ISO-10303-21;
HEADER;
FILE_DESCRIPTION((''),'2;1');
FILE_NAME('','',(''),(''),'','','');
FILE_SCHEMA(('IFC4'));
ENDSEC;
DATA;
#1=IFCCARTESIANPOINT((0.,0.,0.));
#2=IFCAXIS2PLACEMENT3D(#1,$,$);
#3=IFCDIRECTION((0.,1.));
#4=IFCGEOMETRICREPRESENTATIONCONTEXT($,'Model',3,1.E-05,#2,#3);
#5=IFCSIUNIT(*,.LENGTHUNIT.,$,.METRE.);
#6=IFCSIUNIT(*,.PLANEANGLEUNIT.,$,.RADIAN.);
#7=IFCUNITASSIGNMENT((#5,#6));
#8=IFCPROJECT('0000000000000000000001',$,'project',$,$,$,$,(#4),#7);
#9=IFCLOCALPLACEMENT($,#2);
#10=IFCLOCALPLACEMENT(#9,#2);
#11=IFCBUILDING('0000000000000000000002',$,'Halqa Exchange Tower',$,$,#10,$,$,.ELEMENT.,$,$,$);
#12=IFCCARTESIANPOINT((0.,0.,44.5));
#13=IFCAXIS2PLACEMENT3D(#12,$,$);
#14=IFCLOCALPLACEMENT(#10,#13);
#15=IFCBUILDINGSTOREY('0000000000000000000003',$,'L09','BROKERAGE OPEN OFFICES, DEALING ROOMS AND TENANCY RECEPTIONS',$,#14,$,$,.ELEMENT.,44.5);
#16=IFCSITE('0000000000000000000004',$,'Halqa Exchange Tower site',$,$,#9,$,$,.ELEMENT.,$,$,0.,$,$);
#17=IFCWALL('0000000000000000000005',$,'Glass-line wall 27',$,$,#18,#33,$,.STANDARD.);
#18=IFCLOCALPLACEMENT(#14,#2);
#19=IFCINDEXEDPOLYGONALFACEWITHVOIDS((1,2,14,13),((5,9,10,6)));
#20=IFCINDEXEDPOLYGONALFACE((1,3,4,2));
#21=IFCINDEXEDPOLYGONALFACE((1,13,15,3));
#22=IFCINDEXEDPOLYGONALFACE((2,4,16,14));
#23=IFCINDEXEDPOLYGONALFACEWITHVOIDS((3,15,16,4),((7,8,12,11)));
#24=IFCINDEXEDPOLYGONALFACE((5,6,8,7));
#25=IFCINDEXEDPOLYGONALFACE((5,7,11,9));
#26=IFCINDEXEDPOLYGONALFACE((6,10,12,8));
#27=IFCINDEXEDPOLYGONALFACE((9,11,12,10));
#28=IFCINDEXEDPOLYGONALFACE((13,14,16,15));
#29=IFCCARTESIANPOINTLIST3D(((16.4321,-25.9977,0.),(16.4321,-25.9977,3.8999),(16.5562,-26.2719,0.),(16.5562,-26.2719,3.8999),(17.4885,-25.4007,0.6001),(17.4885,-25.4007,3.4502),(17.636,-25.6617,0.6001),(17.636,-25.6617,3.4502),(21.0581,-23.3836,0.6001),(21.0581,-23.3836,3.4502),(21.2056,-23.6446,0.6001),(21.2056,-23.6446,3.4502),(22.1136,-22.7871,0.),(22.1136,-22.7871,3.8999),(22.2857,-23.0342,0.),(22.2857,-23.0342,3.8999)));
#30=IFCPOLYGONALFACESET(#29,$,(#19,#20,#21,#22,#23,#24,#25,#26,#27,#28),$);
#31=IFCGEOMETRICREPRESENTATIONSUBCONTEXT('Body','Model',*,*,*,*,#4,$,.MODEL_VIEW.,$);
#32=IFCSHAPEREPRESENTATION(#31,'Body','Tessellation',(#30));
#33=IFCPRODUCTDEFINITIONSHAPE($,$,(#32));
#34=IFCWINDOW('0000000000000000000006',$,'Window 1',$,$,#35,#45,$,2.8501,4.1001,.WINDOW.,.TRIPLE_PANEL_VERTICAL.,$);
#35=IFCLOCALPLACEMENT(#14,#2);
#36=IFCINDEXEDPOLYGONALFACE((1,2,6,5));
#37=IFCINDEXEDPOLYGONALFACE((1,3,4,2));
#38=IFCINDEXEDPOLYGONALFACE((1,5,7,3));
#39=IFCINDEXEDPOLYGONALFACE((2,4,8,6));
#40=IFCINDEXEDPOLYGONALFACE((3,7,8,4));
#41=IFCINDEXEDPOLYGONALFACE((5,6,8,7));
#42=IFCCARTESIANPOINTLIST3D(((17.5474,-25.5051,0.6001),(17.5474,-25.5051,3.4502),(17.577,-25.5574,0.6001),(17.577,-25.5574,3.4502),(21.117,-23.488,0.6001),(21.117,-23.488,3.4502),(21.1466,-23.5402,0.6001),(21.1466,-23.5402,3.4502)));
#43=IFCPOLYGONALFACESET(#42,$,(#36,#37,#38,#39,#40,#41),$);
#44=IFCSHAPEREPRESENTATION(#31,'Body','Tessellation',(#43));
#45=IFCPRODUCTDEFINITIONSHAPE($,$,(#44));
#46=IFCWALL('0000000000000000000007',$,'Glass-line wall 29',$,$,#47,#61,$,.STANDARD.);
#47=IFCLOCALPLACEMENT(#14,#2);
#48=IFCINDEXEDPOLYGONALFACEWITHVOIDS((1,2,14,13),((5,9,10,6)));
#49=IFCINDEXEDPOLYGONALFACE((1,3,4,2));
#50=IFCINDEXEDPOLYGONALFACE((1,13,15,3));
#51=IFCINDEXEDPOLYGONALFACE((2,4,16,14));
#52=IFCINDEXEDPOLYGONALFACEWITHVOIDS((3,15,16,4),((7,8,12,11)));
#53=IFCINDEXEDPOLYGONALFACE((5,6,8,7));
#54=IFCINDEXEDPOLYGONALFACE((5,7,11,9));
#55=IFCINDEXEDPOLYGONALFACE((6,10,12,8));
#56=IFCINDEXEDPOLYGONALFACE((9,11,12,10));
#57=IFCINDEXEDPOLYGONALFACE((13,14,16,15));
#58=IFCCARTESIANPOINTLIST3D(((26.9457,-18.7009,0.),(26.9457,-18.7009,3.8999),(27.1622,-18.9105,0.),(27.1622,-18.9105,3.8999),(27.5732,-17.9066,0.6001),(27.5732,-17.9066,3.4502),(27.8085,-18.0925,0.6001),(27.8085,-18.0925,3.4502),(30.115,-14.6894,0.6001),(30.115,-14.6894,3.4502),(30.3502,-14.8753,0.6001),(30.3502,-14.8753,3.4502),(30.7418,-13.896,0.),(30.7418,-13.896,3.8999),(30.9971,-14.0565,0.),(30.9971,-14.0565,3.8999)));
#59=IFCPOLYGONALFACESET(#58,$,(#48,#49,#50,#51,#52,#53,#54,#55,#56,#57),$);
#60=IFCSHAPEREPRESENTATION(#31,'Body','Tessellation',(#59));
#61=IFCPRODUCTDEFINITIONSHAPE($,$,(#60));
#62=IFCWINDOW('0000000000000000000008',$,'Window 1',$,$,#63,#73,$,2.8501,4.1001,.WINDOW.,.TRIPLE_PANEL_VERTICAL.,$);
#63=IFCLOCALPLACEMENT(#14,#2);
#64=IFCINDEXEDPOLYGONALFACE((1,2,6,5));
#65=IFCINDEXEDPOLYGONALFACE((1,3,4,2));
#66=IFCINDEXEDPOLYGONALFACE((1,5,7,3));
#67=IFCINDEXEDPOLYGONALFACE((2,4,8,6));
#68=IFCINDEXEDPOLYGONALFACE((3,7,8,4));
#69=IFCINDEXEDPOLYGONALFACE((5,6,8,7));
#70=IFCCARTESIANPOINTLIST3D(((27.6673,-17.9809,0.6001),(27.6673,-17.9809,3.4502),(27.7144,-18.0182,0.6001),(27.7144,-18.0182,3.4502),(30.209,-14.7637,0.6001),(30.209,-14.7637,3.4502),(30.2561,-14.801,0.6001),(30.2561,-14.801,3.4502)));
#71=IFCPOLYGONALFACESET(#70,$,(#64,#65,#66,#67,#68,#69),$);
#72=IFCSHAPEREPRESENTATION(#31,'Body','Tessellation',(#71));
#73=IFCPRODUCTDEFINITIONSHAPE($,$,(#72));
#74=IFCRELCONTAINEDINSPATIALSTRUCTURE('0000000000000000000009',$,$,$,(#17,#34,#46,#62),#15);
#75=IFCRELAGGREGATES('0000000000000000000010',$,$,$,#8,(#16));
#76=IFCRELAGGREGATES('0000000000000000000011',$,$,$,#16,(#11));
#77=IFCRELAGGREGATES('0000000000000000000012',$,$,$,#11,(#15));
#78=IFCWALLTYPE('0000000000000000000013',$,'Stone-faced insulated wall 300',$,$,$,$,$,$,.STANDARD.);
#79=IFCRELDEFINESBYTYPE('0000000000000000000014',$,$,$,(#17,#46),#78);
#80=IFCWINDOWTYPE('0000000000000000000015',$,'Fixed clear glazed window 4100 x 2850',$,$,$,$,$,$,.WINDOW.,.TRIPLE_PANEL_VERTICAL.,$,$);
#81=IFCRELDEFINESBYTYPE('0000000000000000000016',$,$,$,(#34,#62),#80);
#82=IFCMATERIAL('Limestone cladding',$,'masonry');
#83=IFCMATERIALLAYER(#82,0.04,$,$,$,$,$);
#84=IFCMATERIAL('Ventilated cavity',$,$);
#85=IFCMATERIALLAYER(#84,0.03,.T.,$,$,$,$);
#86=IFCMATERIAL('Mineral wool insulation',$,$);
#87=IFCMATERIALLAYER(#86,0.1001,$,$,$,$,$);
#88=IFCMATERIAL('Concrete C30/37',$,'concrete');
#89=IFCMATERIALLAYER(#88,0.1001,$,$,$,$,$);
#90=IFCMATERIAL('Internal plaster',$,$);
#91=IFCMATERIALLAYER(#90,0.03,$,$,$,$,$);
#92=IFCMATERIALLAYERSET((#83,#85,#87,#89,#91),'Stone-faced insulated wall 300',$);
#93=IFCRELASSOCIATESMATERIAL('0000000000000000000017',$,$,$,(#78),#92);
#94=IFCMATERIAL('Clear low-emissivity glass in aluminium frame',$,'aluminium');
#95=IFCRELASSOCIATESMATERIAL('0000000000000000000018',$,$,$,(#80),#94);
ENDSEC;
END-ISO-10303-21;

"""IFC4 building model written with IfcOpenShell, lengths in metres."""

from ifc_helpers import new_model, si_unit, direction, frame, frame_2d, origin, place, context, subcontext, project, spatial, polyline, rectangle, outline, extrude, material, layer, layer_set, type_object, element, fill, save


model = new_model("IFC4")

# Units and contexts
model_context = context("Model", 3, precision=1e-05, world=origin(), true_north=direction((0.0, 1.0)))
body_context = subcontext(model_context, "Body", "Model", "MODEL_VIEW")
ifc_project = project(units=[si_unit("LENGTHUNIT", "METRE"), si_unit("PLANEANGLEUNIT", "RADIAN")], contexts=[model_context])

# Site, building, storey
site_placement = place(None, origin())
site = spatial("IfcSite", under=ifc_project, at=site_placement, Name="Halqa Exchange Tower site", CompositionType="ELEMENT", RefElevation=0.0)
building_placement = place(site_placement, origin())
building = spatial("IfcBuilding", under=site, at=building_placement, Name="Halqa Exchange Tower", CompositionType="ELEMENT")
storey_placement = place(building_placement, frame((0.0, 0.0, 44.5)))
storey = spatial("IfcBuildingStorey", under=building, at=storey_placement, Name="L09", Description="BROKERAGE OPEN OFFICES, DEALING ROOMS AND TENANCY RECEPTIONS", CompositionType="ELEMENT", Elevation=44.5)

# Wall, opening, window
ifc_material_1 = material(Name="Limestone cladding", Category="masonry")
ifc_layer_1 = layer(ifc_material_1, 0.04)
ifc_material_2 = material(Name="Ventilated cavity")
ifc_layer_2 = layer(ifc_material_2, 0.03, ventilated=True)
ifc_material_3 = material(Name="Mineral wool insulation")
ifc_layer_3 = layer(ifc_material_3, 0.1001)
ifc_material_4 = material(Name="Concrete C30/37", Category="concrete")
ifc_layer_4 = layer(ifc_material_4, 0.1001)
ifc_material_5 = material(Name="Internal plaster")
ifc_layer_5 = layer(ifc_material_5, 0.03)
ifc_layer_set_1 = layer_set([ifc_layer_1, ifc_layer_2, ifc_layer_3, ifc_layer_4, ifc_layer_5], Name="Stone-faced insulated wall 300")
wall_type_1 = type_object("IfcWallType", Name="Stone-faced insulated wall 300", PredefinedType="STANDARD", material=ifc_layer_set_1)
wall_1_placement = place(storey_placement, frame((16.4941, -26.1348, 0.0), z_axis=(0.0, 0.0, 1.0), x_axis=(0.870613, 0.491969, 0.0)))
wall_1 = element("IfcWall", 1, at=wall_1_placement, inside=storey, type_object=wall_type_1, Name="Glass-line wall 27", PredefinedType="STANDARD", context=body_context, shape_type="SweptSolid", body=[
    extrude(outline(polyline([(-0.0134, -0.1499), (6.5676, -0.1499), (6.5393, 0.1499), (0.0134, 0.1499), (-0.0134, -0.1499)])), origin(), (0.0, 0.0, 1.0), 3.8999),
])
opening_1_placement = place(wall_1_placement, frame((1.2268, 0.0, 0.6001)))
opening_1 = element("IfcOpeningElement", 2, at=opening_1_placement, cuts=wall_1, PredefinedType="OPENING", context=body_context, shape_type="SweptSolid", body=[
    extrude(rectangle(XDim=4.1001, YDim=2.8501, at=frame_2d((2.05, 1.425))), frame((0.0, 0.1621, 0.0), z_axis=(0.0, -1.0, 0.0), x_axis=(1.0, 0.0, 0.0)), (0.0, 0.0, 1.0), 0.324),
])
ifc_material_6 = material(Name="Clear low-emissivity glass in aluminium frame", Category="aluminium")
window_type = type_object("IfcWindowType", Name="Fixed clear glazed window 4100 x 2850", PartitioningType="TRIPLE_PANEL_VERTICAL", PredefinedType="WINDOW", material=ifc_material_6)
window_1_placement = place(opening_1_placement, origin())
window_1 = element("IfcWindow", 3, at=window_1_placement, inside=storey, type_object=window_type, Name="Window 1", OverallHeight=2.8501, OverallWidth=4.1001, PartitioningType="TRIPLE_PANEL_VERTICAL", PredefinedType="WINDOW", context=body_context, shape_type="SweptSolid", body=[
    extrude(rectangle(XDim=4.1001, YDim=2.8501, at=frame_2d((2.05, 1.425))), frame((0.0, 0.03, 0.0), z_axis=(0.0, -1.0, 0.0), x_axis=(1.0, 0.0, 0.0)), (0.0, 0.0, 1.0), 0.0601),
])
fill(opening_1, window_1)

# Wall, opening, window
wall_2_placement = place(storey_placement, frame((27.054, -18.8057, 0.0), z_axis=(0.0, 0.0, 1.0), x_axis=(0.619923, 0.784662, 0.0)))
wall_2 = element("IfcWall", 4, at=wall_2_placement, inside=storey, type_object=wall_type_1, Name="Glass-line wall 29", PredefinedType="STANDARD", context=body_context, shape_type="SweptSolid", body=[
    extrude(outline(polyline([(-0.0151, -0.1499), (6.1709, -0.1499), (6.1387, 0.1499), (0.0151, 0.1499), (-0.0151, -0.1499)])), origin(), (0.0, 0.0, 1.0), 3.8999),
])
opening_2_placement = place(wall_2_placement, frame((1.0273, 0.0, 0.6001)))
opening_2 = element("IfcOpeningElement", 5, at=opening_2_placement, cuts=wall_2, PredefinedType="OPENING", context=body_context, shape_type="SweptSolid", body=[
    extrude(rectangle(XDim=4.1001, YDim=2.8501, at=frame_2d((2.05, 1.425))), frame((0.0, 0.1621, 0.0), z_axis=(0.0, -1.0, 0.0), x_axis=(1.0, 0.0, 0.0)), (0.0, 0.0, 1.0), 0.324),
])
window_2_placement = place(opening_2_placement, origin())
window_2 = element("IfcWindow", 6, at=window_2_placement, inside=storey, type_object=window_type, Name="Window 1", OverallHeight=2.8501, OverallWidth=4.1001, PartitioningType="TRIPLE_PANEL_VERTICAL", PredefinedType="WINDOW", context=body_context, shape_type="SweptSolid", body=[
    extrude(rectangle(XDim=4.1001, YDim=2.8501, at=frame_2d((2.05, 1.425))), frame((0.0, 0.03, 0.0), z_axis=(0.0, -1.0, 0.0), x_axis=(1.0, 0.0, 0.0)), (0.0, 0.0, 1.0), 0.0601),
])
fill(opening_2, window_2)

save(model, "model.ifc")
